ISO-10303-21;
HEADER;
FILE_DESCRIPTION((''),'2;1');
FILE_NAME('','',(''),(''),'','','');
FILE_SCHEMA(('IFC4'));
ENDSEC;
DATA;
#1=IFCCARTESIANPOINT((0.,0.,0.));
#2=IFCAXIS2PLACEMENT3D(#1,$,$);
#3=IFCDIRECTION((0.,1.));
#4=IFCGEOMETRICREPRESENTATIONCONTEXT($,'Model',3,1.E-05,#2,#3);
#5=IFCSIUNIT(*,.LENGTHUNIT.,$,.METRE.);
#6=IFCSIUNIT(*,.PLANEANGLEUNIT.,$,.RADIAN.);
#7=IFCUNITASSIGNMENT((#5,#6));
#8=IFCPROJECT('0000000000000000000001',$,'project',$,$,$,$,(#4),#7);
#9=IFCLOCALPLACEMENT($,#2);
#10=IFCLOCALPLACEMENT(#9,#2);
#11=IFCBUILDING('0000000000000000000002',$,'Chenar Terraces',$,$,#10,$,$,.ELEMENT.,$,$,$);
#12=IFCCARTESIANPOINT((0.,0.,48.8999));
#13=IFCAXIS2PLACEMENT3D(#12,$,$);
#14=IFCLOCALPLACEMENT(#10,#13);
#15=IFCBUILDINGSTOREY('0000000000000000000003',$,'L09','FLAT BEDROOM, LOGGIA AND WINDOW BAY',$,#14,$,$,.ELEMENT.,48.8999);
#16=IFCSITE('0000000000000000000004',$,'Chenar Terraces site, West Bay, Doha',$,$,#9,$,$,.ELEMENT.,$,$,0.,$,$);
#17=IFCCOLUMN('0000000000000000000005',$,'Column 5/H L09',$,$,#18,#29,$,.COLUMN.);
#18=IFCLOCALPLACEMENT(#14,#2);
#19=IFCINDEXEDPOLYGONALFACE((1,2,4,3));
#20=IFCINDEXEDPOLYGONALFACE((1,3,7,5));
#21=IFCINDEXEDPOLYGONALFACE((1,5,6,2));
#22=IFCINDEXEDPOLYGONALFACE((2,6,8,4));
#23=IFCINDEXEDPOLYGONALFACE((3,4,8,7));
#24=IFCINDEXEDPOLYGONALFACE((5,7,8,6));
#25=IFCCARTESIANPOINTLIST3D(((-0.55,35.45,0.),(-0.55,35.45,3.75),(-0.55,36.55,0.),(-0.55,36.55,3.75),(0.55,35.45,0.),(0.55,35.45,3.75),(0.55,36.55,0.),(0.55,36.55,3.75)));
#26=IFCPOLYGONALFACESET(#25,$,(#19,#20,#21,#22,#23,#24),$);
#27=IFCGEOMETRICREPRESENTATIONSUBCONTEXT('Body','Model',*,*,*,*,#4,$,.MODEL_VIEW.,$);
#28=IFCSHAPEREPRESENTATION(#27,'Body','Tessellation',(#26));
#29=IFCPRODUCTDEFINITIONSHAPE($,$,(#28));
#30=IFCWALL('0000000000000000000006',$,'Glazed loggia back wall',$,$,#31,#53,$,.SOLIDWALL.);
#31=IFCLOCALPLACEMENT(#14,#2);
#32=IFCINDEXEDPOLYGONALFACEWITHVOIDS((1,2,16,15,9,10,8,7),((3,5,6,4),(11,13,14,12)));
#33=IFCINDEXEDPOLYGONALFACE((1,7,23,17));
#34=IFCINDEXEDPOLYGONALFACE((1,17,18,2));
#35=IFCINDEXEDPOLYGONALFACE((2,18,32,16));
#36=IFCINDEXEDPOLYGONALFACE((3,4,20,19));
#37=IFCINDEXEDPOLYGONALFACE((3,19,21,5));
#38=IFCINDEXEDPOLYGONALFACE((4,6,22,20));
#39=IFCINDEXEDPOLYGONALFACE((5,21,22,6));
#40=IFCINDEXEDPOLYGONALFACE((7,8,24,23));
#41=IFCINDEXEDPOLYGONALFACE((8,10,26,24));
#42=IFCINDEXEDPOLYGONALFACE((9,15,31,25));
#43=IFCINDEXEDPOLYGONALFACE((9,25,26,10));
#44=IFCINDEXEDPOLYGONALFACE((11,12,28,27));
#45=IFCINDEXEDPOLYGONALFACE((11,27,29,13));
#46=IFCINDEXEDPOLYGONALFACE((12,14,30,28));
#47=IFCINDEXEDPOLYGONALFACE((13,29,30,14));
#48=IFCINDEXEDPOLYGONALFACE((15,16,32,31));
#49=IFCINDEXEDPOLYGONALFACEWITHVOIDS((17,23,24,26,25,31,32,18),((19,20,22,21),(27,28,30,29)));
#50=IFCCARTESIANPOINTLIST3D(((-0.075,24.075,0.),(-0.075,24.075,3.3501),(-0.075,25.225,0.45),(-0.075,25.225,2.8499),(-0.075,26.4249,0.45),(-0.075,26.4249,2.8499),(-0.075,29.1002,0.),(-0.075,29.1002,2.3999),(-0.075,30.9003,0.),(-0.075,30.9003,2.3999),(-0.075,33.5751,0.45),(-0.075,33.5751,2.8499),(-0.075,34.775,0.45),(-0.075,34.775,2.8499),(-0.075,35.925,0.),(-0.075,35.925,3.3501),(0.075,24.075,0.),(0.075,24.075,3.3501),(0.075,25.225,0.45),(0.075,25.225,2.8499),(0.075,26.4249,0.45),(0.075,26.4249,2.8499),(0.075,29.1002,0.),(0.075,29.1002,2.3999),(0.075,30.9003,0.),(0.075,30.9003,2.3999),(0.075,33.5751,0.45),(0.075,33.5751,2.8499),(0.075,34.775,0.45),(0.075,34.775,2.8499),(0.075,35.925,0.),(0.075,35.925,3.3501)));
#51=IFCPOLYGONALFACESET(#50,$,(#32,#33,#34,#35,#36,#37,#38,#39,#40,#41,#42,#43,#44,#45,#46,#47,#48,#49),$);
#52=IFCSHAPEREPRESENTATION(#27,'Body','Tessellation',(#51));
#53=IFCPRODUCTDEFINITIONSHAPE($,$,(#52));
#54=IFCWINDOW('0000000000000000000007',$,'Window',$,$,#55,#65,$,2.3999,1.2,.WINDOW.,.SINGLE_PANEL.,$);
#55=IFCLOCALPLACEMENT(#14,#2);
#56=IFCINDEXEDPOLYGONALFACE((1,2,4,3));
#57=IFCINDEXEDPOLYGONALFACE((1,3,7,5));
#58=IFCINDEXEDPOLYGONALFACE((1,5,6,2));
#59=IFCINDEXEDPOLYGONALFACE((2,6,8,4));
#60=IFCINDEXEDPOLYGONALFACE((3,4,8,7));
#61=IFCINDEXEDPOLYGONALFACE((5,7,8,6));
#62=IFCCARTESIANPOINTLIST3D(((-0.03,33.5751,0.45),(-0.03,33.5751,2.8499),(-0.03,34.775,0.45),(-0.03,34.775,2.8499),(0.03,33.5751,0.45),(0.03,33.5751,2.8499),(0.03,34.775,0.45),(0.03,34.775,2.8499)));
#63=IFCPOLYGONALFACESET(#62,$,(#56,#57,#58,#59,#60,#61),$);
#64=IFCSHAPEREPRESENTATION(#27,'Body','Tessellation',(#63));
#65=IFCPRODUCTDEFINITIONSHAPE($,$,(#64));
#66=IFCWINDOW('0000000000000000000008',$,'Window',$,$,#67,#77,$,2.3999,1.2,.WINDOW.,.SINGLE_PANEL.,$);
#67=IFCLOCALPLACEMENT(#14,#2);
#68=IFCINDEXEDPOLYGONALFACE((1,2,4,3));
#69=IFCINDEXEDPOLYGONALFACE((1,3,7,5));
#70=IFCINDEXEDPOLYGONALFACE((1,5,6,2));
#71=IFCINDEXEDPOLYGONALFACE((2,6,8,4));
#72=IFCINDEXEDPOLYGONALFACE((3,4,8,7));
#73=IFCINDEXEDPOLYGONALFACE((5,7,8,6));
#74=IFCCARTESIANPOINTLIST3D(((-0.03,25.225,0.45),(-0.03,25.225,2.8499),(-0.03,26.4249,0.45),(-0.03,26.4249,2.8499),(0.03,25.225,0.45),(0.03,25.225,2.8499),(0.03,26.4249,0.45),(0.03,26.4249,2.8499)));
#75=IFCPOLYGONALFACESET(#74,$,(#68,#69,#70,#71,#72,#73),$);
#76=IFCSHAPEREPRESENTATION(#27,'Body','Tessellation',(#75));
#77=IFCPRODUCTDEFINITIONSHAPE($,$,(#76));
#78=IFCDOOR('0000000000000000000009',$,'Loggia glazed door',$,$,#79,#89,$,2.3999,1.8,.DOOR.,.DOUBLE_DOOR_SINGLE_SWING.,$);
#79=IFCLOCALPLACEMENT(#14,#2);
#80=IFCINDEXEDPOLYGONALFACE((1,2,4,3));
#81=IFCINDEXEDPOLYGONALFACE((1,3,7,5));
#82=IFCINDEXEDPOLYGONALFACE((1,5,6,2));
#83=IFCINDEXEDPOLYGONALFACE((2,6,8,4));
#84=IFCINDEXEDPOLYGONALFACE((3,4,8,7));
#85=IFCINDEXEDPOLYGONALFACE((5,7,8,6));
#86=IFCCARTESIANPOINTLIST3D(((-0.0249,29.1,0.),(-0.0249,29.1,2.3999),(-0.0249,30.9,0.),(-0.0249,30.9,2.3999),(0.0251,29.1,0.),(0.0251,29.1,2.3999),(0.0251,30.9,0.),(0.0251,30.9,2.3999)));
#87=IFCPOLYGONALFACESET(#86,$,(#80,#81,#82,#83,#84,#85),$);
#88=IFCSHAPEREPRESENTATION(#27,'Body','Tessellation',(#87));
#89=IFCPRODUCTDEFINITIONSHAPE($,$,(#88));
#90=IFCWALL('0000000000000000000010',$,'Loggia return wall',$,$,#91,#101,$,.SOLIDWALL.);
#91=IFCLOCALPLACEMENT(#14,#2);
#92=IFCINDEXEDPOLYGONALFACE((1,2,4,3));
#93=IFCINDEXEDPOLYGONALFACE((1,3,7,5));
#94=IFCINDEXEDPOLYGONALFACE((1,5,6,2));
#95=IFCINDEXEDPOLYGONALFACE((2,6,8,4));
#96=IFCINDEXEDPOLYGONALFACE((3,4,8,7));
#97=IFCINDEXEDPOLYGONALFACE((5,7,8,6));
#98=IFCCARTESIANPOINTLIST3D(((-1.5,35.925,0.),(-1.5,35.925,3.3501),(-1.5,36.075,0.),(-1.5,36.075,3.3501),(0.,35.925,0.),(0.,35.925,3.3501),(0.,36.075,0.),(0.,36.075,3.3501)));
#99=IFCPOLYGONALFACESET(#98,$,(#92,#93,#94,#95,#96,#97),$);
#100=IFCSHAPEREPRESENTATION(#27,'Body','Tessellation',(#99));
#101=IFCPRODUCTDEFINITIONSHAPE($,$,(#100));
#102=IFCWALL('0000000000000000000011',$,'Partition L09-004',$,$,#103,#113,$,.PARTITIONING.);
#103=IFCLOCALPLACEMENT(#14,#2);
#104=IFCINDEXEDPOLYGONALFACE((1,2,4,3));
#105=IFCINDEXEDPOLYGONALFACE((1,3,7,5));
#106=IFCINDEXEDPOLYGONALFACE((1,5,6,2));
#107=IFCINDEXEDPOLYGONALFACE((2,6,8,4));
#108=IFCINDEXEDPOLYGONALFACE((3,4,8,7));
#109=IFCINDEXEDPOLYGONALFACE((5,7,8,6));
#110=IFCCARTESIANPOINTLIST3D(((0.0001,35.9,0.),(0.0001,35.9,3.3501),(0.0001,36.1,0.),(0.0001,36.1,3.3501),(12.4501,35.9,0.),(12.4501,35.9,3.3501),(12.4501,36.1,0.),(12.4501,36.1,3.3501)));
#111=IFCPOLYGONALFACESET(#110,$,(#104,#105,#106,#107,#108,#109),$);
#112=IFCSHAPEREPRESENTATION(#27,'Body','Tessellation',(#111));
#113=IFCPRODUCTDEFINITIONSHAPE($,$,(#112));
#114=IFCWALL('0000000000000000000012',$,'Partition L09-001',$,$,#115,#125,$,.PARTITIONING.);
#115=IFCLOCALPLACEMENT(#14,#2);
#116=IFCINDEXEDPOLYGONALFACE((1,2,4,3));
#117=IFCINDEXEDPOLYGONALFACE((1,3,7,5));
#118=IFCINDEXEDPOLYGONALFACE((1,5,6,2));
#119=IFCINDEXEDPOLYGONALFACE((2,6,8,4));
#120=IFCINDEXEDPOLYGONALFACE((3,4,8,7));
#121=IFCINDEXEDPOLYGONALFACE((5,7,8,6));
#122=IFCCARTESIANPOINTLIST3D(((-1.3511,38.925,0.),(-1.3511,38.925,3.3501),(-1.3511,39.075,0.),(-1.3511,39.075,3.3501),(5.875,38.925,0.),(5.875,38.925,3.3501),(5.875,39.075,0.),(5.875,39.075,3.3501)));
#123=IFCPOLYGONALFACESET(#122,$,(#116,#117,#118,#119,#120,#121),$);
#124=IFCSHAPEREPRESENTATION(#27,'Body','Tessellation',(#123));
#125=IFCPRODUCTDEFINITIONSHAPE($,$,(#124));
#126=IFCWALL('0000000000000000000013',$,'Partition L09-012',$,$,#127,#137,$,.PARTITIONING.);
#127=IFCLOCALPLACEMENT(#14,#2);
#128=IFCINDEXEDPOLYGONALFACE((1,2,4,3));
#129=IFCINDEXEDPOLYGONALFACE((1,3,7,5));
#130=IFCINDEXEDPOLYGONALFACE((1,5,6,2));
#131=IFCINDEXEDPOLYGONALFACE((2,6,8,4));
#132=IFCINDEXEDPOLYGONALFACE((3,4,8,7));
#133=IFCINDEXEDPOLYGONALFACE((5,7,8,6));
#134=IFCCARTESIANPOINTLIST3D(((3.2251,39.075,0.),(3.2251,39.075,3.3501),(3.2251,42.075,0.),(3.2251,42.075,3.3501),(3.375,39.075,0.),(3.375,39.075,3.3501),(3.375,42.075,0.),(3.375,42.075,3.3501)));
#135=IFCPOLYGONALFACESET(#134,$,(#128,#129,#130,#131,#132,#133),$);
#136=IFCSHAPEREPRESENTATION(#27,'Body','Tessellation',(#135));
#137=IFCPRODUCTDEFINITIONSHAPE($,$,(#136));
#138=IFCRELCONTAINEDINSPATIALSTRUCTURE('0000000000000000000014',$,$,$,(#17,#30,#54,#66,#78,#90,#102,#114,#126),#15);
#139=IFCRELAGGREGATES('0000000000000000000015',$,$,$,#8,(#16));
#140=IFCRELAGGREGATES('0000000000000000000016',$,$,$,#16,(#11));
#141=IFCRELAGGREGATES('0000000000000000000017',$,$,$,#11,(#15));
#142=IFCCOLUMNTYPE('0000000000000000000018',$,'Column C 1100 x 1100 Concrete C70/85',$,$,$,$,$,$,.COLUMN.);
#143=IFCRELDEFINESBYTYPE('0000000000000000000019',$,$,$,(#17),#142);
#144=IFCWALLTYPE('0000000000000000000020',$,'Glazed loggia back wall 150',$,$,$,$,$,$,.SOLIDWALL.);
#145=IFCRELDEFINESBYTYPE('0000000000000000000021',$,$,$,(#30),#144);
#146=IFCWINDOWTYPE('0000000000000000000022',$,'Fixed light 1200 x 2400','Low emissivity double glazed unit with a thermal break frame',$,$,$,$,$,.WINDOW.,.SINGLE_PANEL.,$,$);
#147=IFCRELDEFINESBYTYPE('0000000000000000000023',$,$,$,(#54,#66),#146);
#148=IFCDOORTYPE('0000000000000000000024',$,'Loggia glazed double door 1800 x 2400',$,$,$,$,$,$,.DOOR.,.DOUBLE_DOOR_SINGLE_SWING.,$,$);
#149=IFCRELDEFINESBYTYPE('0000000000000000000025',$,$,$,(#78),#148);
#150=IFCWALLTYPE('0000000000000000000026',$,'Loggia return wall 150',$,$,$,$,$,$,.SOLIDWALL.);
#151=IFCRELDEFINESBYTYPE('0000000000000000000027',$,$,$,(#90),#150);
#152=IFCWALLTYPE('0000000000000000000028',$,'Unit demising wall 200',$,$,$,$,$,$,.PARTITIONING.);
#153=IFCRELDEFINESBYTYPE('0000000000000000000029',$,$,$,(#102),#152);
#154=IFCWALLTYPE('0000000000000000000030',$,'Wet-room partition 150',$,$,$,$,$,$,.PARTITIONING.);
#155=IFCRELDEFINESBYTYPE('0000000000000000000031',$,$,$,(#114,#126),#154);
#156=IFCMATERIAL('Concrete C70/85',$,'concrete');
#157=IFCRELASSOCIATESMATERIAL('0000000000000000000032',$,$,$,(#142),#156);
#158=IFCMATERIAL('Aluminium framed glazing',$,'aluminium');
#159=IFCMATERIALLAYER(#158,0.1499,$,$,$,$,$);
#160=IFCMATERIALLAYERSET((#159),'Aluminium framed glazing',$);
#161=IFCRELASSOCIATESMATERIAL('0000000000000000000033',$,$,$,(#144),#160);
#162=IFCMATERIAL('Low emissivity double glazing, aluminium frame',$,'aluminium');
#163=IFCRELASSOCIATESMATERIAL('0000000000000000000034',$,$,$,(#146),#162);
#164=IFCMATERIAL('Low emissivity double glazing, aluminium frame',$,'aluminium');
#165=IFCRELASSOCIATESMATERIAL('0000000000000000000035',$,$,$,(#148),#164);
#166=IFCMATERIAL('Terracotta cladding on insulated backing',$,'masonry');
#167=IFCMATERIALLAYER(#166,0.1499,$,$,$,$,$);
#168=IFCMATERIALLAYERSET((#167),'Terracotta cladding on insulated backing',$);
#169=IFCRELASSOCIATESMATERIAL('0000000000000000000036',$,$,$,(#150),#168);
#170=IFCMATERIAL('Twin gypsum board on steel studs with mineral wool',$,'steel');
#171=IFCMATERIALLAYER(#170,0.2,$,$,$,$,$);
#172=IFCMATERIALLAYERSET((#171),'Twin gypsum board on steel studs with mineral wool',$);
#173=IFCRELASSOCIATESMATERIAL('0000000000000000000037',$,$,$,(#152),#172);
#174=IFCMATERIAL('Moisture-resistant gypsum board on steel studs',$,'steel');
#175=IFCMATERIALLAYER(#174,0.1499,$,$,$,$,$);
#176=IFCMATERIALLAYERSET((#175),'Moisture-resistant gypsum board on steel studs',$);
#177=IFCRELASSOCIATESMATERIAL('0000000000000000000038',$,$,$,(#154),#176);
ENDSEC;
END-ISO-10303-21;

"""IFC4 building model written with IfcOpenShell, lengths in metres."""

from ifc_helpers import new_model, si_unit, direction, frame, frame_2d, origin, origin_2d, place, context, subcontext, project, spatial, rectangle, extrude, material, layer, layer_set, material_profile, profile_set, type_object, element, fill, save


model = new_model("IFC4")

# Units and contexts
model_context = context("Model", 3, precision=1e-05, world=origin(), true_north=direction((0.0, 1.0)))
body_context = subcontext(model_context, "Body", "Model", "MODEL_VIEW")
ifc_project = project(units=[si_unit("LENGTHUNIT", "METRE"), si_unit("PLANEANGLEUNIT", "RADIAN")], contexts=[model_context])

# Site, building, storey
site_placement = place(None, origin())
site = spatial("IfcSite", under=ifc_project, at=site_placement, Name="Chenar Terraces site, West Bay, Doha", CompositionType="ELEMENT", RefElevation=0.0)
building_placement = place(site_placement, origin())
building = spatial("IfcBuilding", under=site, at=building_placement, Name="Chenar Terraces", CompositionType="ELEMENT")
storey_placement = place(building_placement, frame((0.0, 0.0, 48.8999)))
storey = spatial("IfcBuildingStorey", under=building, at=storey_placement, Name="L09", Description="FLAT BEDROOM, LOGGIA AND WINDOW BAY", CompositionType="ELEMENT", Elevation=48.8999)

# Column
ifc_material_1 = material(Name="Concrete C70/85", Category="concrete")
ifc_material_profile_1 = material_profile(ifc_material_1, rectangle(XDim=1.1001, YDim=1.1001, at=origin_2d()), Name="C 1100 x 1100")
ifc_profile_set_1 = profile_set([ifc_material_profile_1], Name="Concrete C70/85")
column_type = type_object("IfcColumnType", Name="Column C 1100 x 1100 Concrete C70/85", PredefinedType="COLUMN", material=ifc_profile_set_1)
placement = place(storey_placement, frame((0.0, 36.0, 0.0), z_axis=(0.0, 0.0, 1.0), x_axis=(1.0, 0.0, 0.0)))
element("IfcColumn", 1, at=placement, inside=storey, type_object=column_type, Name="Column 5/H L09", PredefinedType="COLUMN", context=body_context, shape_type="SweptSolid", body=[
    extrude(rectangle(XDim=1.1001, YDim=1.1001, at=origin_2d()), origin(), (0.0, 0.0, 1.0), 3.75),
])

# Wall, openings, windows, door
ifc_material_2 = material(Name="Aluminium framed glazing", Category="aluminium")
ifc_layer_1 = layer(ifc_material_2, 0.1499)
ifc_layer_set_1 = layer_set([ifc_layer_1], Name="Aluminium framed glazing")
wall_type_1 = type_object("IfcWallType", Name="Glazed loggia back wall 150", PredefinedType="SOLIDWALL", material=ifc_layer_set_1)
wall_1_placement = place(storey_placement, frame((0.0, 35.925, 0.0), z_axis=(0.0, 0.0, 1.0), x_axis=(0.0, -1.0, 0.0)))
wall_1 = element("IfcWall", 2, at=wall_1_placement, inside=storey, type_object=wall_type_1, Name="Glazed loggia back wall", PredefinedType="SOLIDWALL", context=body_context, shape_type="SweptSolid", body=[
    extrude(rectangle(XDim=11.8501, YDim=0.1499, at=frame_2d((5.925, 0.0))), origin(), (0.0, 0.0, 1.0), 3.3501),
])
opening_1_placement = place(wall_1_placement, frame((1.1499, 0.0, 0.45)))
opening_1 = element("IfcOpeningElement", 3, at=opening_1_placement, cuts=wall_1, PredefinedType="OPENING", context=body_context, shape_type="SweptSolid", body=[
    extrude(rectangle(XDim=1.2, YDim=2.3999, at=frame_2d((0.6001, 1.2))), frame((0.0, 0.085, 0.0), z_axis=(0.0, -1.0, 0.0), x_axis=(1.0, 0.0, 0.0)), (0.0, 0.0, 1.0), 0.1699),
])
opening_2_placement = place(wall_1_placement, frame((5.0249, 0.0, 0.0)))
opening_2 = element("IfcOpeningElement", 4, at=opening_2_placement, cuts=wall_1, PredefinedType="OPENING", context=body_context, shape_type="SweptSolid", body=[
    extrude(rectangle(XDim=1.8, YDim=2.3999, at=frame_2d((0.8999, 1.2))), frame((0.0, 0.085, 0.0), z_axis=(0.0, -1.0, 0.0), x_axis=(1.0, 0.0, 0.0)), (0.0, 0.0, 1.0), 0.1699),
])
opening_3_placement = place(wall_1_placement, frame((9.5, 0.0, 0.45)))
opening_3 = element("IfcOpeningElement", 5, at=opening_3_placement, cuts=wall_1, PredefinedType="OPENING", context=body_context, shape_type="SweptSolid", body=[
    extrude(rectangle(XDim=1.2, YDim=2.3999, at=frame_2d((0.6001, 1.2))), frame((0.0, 0.085, 0.0), z_axis=(0.0, -1.0, 0.0), x_axis=(1.0, 0.0, 0.0)), (0.0, 0.0, 1.0), 0.1699),
])
ifc_material_3 = material(Name="Low emissivity double glazing, aluminium frame", Category="aluminium")
window_type = type_object("IfcWindowType", Name="Fixed light 1200 x 2400", Description="Low emissivity double glazed unit with a thermal break frame", PartitioningType="SINGLE_PANEL", PredefinedType="WINDOW", material=ifc_material_3)
window_1_placement = place(opening_1_placement, origin())
window_1 = element("IfcWindow", 6, at=window_1_placement, inside=storey, type_object=window_type, Name="Window", OverallHeight=2.3999, OverallWidth=1.2, PartitioningType="SINGLE_PANEL", PredefinedType="WINDOW", context=body_context, shape_type="SweptSolid", body=[
    extrude(rectangle(XDim=1.2, YDim=2.3999, at=frame_2d((0.6001, 1.2))), frame((0.0, 0.03, 0.0), z_axis=(0.0, -1.0, 0.0), x_axis=(1.0, 0.0, 0.0)), (0.0, 0.0, 1.0), 0.0601),
])
fill(opening_1, window_1)
window_2_placement = place(opening_3_placement, origin())
window_2 = element("IfcWindow", 7, at=window_2_placement, inside=storey, type_object=window_type, Name="Window", OverallHeight=2.3999, OverallWidth=1.2, PartitioningType="SINGLE_PANEL", PredefinedType="WINDOW", context=body_context, shape_type="SweptSolid", body=[
    extrude(rectangle(XDim=1.2, YDim=2.3999, at=frame_2d((0.6001, 1.2))), frame((0.0, 0.03, 0.0), z_axis=(0.0, -1.0, 0.0), x_axis=(1.0, 0.0, 0.0)), (0.0, 0.0, 1.0), 0.0601),
])
fill(opening_3, window_2)
ifc_material_4 = material(Name="Low emissivity double glazing, aluminium frame", Category="aluminium")
door_type_1 = type_object("IfcDoorType", Name="Loggia glazed double door 1800 x 2400", OperationType="DOUBLE_DOOR_SINGLE_SWING", PredefinedType="DOOR", material=ifc_material_4)
door_1_placement = place(opening_2_placement, frame((1.8, 0.0, 0.0), z_axis=(0.0, 0.0, 1.0), x_axis=(-1.0, 0.0, 0.0)))
door_1 = element("IfcDoor", 8, at=door_1_placement, inside=storey, type_object=door_type_1, Name="Loggia glazed door", OperationType="DOUBLE_DOOR_SINGLE_SWING", OverallHeight=2.3999, OverallWidth=1.8, PredefinedType="DOOR", context=body_context, shape_type="SweptSolid", body=[
    extrude(rectangle(XDim=1.8, YDim=2.3999, at=frame_2d((0.8999, 1.2))), frame((0.0, 0.0249, 0.0), z_axis=(0.0, -1.0, 0.0), x_axis=(1.0, 0.0, 0.0)), (0.0, 0.0, 1.0), 0.05),
])
fill(opening_2, door_1)

# Walls
ifc_material_5 = material(Name="Terracotta cladding on insulated backing", Category="masonry")
ifc_layer_2 = layer(ifc_material_5, 0.1499)
ifc_layer_set_2 = layer_set([ifc_layer_2], Name="Terracotta cladding on insulated backing")
wall_type_2 = type_object("IfcWallType", Name="Loggia return wall 150", PredefinedType="SOLIDWALL", material=ifc_layer_set_2)
wall_2_placement = place(storey_placement, frame((-1.5, 36.0, 0.0), z_axis=(0.0, 0.0, 1.0), x_axis=(1.0, 0.0, 0.0)))
element("IfcWall", 9, at=wall_2_placement, inside=storey, type_object=wall_type_2, Name="Loggia return wall", PredefinedType="SOLIDWALL", context=body_context, shape_type="SweptSolid", body=[
    extrude(rectangle(XDim=1.5, YDim=0.1499, at=frame_2d((0.75, 0.0))), origin(), (0.0, 0.0, 1.0), 3.3501),
])
ifc_material_6 = material(Name="Twin gypsum board on steel studs with mineral wool", Category="steel")
ifc_layer_3 = layer(ifc_material_6, 0.2)
ifc_layer_set_3 = layer_set([ifc_layer_3], Name="Twin gypsum board on steel studs with mineral wool")
wall_type_3 = type_object("IfcWallType", Name="Unit demising wall 200", PredefinedType="PARTITIONING", material=ifc_layer_set_3)
element("IfcWall", 10, at=placement, inside=storey, type_object=wall_type_3, Name="Partition L09-004", PredefinedType="PARTITIONING", context=body_context, shape_type="SweptSolid", body=[
    extrude(rectangle(XDim=12.45, YDim=0.2, at=frame_2d((6.2251, 0.0))), origin(), (0.0, 0.0, 1.0), 3.3501),
])
ifc_material_7 = material(Name="Moisture-resistant gypsum board on steel studs", Category="steel")
ifc_layer_4 = layer(ifc_material_7, 0.1499)
ifc_layer_set_4 = layer_set([ifc_layer_4], Name="Moisture-resistant gypsum board on steel studs")
wall_type_4 = type_object("IfcWallType", Name="Wet-room partition 150", PredefinedType="PARTITIONING", material=ifc_layer_set_4)
wall_3_placement = place(storey_placement, frame((-1.3511, 39.0, 0.0), z_axis=(0.0, 0.0, 1.0), x_axis=(1.0, 0.0, 0.0)))
element("IfcWall", 11, at=wall_3_placement, inside=storey, type_object=wall_type_4, Name="Partition L09-001", PredefinedType="PARTITIONING", context=body_context, shape_type="SweptSolid", body=[
    extrude(rectangle(XDim=7.2261, YDim=0.1499, at=frame_2d((3.613, 0.0))), origin(), (0.0, 0.0, 1.0), 3.3501),
])
wall_4_placement = place(storey_placement, frame((3.3, 39.075, 0.0), z_axis=(0.0, 0.0, 1.0), x_axis=(0.0, 1.0, 0.0)))
element("IfcWall", 12, at=wall_4_placement, inside=storey, type_object=wall_type_4, Name="Partition L09-012", PredefinedType="PARTITIONING", context=body_context, shape_type="SweptSolid", body=[
    extrude(rectangle(XDim=3.0, YDim=0.1499, at=frame_2d((1.5, 0.0))), origin(), (0.0, 0.0, 1.0), 3.3501),
])

save(model, "model.ifc")
